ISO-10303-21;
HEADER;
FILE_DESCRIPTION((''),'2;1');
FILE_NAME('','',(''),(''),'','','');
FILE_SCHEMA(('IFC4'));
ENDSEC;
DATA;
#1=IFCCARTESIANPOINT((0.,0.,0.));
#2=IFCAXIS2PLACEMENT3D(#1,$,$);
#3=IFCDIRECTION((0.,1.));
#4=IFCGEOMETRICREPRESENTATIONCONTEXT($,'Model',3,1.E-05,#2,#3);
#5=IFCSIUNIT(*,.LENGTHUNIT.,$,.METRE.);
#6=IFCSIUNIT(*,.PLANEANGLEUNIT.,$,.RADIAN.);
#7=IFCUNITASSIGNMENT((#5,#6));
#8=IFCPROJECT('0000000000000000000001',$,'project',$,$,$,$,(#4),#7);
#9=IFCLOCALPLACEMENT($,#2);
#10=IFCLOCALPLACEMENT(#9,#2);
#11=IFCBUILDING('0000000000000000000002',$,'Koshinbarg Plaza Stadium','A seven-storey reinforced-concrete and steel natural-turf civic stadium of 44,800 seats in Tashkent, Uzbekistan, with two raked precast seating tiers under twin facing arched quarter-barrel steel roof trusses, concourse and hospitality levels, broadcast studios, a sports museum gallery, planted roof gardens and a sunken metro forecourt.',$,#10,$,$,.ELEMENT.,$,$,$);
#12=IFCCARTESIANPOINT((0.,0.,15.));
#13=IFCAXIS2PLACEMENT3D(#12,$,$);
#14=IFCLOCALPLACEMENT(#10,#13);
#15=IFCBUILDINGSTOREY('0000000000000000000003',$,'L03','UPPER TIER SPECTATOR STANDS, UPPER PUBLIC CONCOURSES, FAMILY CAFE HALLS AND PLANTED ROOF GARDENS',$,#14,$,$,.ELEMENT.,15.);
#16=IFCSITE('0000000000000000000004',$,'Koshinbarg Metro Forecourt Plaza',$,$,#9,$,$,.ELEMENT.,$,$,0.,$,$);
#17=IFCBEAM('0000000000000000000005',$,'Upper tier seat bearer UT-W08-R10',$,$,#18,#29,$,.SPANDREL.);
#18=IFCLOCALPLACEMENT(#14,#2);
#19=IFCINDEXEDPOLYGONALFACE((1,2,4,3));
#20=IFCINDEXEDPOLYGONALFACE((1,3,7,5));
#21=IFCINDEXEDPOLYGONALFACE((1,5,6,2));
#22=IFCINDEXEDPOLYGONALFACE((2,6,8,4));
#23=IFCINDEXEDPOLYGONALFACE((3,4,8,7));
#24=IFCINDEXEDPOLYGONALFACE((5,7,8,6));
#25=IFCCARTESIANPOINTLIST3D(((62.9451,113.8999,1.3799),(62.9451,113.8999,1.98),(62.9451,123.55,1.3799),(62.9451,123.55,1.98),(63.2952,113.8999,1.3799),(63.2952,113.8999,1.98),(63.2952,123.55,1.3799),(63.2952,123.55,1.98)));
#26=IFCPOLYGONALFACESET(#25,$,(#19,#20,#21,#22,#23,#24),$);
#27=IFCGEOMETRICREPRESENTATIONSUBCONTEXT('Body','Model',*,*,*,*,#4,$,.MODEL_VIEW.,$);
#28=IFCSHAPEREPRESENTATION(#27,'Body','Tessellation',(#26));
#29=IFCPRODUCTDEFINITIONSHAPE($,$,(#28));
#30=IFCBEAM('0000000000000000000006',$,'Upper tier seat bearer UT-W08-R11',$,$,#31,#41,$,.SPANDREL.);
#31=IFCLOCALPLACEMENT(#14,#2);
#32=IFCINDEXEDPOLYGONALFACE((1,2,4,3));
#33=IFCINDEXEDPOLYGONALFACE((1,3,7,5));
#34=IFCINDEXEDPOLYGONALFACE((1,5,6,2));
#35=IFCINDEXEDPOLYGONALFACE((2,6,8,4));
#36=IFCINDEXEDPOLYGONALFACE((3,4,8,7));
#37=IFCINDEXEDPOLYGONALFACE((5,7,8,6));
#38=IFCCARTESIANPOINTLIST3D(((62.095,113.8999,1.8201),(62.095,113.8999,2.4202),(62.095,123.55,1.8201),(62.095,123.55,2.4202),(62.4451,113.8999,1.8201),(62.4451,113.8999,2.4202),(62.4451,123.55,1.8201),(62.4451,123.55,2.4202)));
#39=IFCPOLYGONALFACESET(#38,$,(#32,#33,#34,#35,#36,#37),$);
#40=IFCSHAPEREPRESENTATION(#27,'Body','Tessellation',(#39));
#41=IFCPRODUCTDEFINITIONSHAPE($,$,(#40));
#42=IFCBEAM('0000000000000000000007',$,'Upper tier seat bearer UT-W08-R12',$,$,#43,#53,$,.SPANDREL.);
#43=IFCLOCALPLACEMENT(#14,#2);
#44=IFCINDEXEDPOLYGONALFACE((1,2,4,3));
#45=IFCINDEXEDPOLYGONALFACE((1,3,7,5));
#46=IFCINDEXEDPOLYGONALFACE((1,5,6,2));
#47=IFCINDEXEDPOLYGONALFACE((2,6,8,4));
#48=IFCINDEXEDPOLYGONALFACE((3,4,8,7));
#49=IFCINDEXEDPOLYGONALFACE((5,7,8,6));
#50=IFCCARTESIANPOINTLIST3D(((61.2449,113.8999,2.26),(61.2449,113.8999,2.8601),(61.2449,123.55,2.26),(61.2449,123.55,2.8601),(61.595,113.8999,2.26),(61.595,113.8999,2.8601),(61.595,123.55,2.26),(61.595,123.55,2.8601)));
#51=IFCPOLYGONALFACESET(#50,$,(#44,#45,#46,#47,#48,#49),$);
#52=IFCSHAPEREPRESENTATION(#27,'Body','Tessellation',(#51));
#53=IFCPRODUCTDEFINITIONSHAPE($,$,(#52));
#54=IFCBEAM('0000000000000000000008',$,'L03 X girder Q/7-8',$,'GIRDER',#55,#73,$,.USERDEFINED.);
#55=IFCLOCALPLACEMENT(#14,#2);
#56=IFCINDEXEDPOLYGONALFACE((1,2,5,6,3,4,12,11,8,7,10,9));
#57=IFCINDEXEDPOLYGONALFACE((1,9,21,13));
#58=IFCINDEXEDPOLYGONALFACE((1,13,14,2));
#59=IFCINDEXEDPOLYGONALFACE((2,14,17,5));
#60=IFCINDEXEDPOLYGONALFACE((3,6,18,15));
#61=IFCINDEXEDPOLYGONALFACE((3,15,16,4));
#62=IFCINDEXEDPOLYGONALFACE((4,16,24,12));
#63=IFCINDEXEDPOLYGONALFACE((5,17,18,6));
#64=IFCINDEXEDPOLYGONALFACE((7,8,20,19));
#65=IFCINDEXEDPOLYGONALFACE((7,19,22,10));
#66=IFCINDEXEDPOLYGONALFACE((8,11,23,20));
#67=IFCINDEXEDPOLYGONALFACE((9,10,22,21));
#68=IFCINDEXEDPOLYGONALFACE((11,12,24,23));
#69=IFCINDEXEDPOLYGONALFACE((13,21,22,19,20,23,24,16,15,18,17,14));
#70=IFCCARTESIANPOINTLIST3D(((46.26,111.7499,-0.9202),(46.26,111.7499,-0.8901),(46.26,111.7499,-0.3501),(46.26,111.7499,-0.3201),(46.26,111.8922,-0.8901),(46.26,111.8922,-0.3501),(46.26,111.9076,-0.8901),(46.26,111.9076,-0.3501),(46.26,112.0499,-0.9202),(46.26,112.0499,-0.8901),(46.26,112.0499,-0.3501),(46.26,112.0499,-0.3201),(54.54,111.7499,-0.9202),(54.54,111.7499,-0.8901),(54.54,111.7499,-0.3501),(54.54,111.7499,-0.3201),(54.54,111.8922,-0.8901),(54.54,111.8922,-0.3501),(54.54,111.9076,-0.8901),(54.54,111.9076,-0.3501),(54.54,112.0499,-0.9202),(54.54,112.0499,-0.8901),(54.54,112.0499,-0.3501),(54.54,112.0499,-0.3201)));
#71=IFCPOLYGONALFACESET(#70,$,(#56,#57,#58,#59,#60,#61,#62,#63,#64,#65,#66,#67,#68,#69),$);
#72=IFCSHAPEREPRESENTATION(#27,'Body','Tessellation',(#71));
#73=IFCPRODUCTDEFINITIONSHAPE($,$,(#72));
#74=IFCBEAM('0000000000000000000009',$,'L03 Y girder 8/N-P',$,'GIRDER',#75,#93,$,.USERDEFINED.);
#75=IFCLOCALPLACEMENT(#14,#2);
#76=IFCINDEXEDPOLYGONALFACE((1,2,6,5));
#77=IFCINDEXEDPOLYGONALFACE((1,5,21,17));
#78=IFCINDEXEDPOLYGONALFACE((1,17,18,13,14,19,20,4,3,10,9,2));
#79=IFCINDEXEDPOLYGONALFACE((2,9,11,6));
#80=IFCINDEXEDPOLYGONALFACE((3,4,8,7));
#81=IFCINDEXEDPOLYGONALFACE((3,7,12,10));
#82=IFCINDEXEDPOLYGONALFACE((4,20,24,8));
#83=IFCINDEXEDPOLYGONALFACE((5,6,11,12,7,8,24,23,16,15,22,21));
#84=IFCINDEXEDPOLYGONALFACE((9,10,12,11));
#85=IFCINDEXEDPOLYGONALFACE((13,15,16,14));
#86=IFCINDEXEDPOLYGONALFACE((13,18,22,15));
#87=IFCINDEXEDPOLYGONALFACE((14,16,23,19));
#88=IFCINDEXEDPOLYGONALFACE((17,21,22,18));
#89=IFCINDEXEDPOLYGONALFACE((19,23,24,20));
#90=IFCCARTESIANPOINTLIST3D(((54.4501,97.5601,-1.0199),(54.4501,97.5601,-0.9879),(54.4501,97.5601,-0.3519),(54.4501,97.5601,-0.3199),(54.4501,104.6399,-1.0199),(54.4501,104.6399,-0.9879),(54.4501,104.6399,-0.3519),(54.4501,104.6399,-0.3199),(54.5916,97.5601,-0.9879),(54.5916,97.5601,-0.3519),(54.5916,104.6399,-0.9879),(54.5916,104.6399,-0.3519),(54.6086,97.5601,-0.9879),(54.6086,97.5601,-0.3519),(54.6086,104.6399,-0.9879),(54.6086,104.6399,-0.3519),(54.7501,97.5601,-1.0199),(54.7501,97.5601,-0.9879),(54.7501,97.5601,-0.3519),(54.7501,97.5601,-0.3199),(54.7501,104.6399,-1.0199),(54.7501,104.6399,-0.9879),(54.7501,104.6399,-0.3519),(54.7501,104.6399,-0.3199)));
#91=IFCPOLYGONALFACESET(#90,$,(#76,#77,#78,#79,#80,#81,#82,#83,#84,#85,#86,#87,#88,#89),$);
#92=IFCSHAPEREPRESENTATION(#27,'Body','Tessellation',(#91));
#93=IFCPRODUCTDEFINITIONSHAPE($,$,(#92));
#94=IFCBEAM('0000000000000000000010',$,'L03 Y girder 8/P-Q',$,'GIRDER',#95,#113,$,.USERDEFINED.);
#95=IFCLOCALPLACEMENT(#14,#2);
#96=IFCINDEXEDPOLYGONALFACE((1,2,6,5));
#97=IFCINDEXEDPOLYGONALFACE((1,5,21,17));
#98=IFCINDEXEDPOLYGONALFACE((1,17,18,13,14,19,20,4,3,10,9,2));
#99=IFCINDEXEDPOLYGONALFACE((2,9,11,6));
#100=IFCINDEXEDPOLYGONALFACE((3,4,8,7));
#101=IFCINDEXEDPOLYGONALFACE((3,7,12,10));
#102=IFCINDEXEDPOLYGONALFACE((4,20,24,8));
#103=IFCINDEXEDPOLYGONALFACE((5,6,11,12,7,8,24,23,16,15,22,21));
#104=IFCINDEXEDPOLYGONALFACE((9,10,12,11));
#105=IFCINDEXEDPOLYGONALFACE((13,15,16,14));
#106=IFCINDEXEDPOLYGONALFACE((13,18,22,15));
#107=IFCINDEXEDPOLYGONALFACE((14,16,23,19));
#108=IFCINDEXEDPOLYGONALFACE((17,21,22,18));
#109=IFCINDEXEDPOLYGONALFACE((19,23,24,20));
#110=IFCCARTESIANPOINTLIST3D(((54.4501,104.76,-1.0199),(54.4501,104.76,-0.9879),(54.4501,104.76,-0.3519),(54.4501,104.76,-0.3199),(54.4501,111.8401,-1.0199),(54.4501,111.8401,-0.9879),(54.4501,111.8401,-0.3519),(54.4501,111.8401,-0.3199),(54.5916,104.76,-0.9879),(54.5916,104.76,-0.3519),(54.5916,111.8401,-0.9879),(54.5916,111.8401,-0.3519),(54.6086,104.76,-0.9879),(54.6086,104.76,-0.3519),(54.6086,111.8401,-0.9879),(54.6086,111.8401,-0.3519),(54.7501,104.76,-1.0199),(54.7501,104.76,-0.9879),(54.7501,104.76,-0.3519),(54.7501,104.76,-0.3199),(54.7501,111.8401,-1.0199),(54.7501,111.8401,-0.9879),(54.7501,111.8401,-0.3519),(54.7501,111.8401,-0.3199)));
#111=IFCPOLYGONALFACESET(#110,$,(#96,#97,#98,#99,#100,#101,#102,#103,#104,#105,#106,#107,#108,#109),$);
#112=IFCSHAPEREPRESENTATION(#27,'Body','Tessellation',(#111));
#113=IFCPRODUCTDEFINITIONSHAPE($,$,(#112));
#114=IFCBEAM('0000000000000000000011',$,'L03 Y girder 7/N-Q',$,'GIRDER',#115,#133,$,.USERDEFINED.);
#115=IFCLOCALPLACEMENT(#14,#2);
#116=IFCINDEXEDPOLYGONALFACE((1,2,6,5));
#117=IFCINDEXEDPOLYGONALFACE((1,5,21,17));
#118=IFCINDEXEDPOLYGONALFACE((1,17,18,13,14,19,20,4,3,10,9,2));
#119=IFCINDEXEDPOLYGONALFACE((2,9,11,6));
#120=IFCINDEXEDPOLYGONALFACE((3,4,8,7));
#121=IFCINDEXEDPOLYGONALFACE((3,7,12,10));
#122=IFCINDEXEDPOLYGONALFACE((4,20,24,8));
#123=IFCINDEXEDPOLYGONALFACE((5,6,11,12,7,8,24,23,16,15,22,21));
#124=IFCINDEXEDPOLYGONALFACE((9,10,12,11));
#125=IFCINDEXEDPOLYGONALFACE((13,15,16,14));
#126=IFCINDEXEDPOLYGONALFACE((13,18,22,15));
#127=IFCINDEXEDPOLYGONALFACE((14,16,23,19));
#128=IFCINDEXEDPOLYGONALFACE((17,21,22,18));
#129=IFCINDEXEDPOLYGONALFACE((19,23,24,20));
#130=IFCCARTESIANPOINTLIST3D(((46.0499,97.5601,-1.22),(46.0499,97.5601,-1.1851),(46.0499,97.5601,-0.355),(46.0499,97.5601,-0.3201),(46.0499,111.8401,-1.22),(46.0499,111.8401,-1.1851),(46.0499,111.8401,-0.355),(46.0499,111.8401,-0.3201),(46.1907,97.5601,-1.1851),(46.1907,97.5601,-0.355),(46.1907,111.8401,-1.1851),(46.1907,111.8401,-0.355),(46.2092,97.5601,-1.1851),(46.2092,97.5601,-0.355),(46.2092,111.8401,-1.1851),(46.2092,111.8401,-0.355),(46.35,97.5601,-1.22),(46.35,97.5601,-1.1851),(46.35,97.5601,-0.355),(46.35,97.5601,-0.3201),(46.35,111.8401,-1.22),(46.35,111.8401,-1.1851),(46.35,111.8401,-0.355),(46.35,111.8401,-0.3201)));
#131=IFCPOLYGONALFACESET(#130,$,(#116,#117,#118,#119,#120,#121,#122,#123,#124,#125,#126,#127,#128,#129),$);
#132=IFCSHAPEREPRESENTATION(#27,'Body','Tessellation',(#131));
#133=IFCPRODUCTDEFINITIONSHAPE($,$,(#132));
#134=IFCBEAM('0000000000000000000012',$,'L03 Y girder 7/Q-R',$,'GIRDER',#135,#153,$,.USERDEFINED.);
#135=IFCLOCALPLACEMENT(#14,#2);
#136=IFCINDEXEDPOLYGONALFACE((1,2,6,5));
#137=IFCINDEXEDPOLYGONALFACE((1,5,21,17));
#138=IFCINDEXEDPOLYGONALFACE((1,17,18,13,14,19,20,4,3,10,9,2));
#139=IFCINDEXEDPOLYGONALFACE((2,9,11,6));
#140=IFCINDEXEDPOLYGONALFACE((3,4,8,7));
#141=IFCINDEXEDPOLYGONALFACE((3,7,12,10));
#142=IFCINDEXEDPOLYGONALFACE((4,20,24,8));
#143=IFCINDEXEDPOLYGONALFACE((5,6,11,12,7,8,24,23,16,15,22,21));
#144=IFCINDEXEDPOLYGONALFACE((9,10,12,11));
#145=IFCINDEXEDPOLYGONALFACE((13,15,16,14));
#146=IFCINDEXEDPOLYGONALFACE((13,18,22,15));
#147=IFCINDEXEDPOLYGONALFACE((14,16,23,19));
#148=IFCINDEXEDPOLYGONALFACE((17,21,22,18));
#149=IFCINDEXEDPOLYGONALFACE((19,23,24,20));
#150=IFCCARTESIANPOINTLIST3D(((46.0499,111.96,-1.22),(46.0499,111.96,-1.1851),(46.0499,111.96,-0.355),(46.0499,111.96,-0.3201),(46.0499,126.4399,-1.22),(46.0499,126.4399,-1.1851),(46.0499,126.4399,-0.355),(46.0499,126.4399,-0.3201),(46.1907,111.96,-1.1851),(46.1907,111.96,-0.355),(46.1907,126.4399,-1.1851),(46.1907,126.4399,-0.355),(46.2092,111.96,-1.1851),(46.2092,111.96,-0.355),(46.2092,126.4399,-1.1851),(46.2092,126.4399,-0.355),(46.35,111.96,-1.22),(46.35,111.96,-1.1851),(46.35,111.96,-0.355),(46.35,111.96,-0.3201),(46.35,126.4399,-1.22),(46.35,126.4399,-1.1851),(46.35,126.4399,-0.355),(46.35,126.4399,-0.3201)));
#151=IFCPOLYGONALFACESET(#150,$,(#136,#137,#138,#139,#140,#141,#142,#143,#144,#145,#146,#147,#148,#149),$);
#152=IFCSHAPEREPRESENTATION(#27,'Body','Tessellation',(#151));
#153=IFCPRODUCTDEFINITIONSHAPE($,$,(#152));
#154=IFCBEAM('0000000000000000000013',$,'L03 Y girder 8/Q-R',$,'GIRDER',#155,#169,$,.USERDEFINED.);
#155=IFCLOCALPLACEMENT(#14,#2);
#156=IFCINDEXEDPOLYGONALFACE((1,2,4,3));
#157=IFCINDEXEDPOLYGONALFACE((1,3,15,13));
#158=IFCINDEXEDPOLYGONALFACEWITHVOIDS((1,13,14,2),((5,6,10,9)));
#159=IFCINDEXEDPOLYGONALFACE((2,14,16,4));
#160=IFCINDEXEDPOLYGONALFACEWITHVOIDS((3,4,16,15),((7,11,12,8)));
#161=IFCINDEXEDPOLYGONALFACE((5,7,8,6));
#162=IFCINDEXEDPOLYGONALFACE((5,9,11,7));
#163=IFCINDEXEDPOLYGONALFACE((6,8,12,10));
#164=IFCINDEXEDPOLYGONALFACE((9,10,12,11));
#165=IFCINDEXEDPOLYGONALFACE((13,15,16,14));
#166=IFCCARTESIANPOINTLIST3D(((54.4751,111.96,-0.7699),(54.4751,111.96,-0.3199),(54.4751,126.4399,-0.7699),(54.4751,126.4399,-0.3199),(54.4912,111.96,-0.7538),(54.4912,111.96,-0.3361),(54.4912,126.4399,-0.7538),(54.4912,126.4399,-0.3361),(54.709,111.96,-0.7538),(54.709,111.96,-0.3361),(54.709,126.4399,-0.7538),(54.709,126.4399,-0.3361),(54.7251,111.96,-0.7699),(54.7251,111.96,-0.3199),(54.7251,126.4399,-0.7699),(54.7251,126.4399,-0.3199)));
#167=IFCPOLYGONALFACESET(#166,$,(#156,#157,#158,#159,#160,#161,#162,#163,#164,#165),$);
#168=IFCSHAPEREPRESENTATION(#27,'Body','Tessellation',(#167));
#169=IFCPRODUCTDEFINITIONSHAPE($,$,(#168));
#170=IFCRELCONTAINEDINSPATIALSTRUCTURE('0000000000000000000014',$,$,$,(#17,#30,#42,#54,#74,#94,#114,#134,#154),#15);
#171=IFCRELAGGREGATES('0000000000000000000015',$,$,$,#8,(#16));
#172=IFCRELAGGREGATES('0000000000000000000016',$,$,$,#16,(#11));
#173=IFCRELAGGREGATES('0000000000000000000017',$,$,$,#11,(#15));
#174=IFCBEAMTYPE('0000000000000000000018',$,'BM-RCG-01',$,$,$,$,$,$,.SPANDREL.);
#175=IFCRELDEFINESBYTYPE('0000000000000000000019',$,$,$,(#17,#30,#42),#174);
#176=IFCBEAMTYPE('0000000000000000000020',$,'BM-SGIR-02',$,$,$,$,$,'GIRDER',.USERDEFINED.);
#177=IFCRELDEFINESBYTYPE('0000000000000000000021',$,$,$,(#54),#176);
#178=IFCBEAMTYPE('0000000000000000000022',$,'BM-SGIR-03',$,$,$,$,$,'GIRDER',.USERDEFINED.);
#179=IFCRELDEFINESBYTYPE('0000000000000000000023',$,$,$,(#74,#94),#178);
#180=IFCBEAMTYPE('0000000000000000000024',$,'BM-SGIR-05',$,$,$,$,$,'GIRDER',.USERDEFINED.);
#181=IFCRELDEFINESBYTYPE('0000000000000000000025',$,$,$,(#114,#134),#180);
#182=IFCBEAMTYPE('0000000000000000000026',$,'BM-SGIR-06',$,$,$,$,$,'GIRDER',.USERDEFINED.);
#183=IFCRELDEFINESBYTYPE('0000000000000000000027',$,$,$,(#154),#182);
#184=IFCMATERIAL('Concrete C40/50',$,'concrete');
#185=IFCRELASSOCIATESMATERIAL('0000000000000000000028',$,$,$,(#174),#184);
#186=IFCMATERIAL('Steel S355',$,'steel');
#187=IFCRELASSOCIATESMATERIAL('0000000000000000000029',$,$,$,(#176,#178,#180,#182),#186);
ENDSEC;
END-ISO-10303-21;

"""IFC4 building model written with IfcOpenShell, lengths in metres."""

from ifc_helpers import new_model, si_unit, direction, frame, origin, origin_2d, place, context, subcontext, project, spatial, rectangle, hollow_rectangle, i_section, extrude, material, material_profile, profile_set, type_object, element, save


model = new_model("IFC4")

# Units and contexts
model_context = context("Model", 3, precision=1e-05, world=origin(), true_north=direction((0.0, 1.0)))
body_context = subcontext(model_context, "Body", "Model", "MODEL_VIEW")
ifc_project = project(units=[si_unit("LENGTHUNIT", "METRE"), si_unit("PLANEANGLEUNIT", "RADIAN")], contexts=[model_context])

# Site, building, storey
site_placement = place(None, origin())
site = spatial("IfcSite", under=ifc_project, at=site_placement, Name="Koshinbarg Metro Forecourt Plaza", CompositionType="ELEMENT", RefElevation=0.0)
building_placement = place(site_placement, origin())
building = spatial("IfcBuilding", under=site, at=building_placement, Name="Koshinbarg Plaza Stadium", Description="A seven-storey reinforced-concrete and steel natural-turf civic stadium of 44,800 seats in Tashkent, Uzbekistan, with two raked precast seating tiers under twin facing arched quarter-barrel steel roof trusses, concourse and hospitality levels, broadcast studios, a sports museum gallery, planted roof gardens and a sunken metro forecourt.", CompositionType="ELEMENT")
storey_placement = place(building_placement, frame((0.0, 0.0, 15.0)))
storey = spatial("IfcBuildingStorey", under=building, at=storey_placement, Name="L03", Description="UPPER TIER SPECTATOR STANDS, UPPER PUBLIC CONCOURSES, FAMILY CAFE HALLS AND PLANTED ROOF GARDENS", CompositionType="ELEMENT", Elevation=15.0)

# Shared definitions
ifc_material_1 = material(Name="Concrete C40/50", Category="concrete")
ifc_material_2 = material(Name="Steel S355", Category="steel")

# Beams
ifc_material_profile_1 = material_profile(ifc_material_1, rectangle(XDim=0.3501, YDim=0.6001, at=origin_2d()), Name="RC 350x600")
ifc_profile_set_1 = profile_set([ifc_material_profile_1], Name="Concrete C40/50")
beam_type_1 = type_object("IfcBeamType", Name="BM-RCG-01", PredefinedType="SPANDREL", material=ifc_profile_set_1)
for number, where, z_axis, x_axis, name in (
    (1, (63.1201, 113.8999, 1.6799), (0.0, 1.0, 0.0), (-1.0, 0.0, 0.0), "Upper tier seat bearer UT-W08-R10"),
    (2, (62.27, 113.8999, 2.1201), (0.0, 1.0, 0.0), (-1.0, 0.0, 0.0), "Upper tier seat bearer UT-W08-R11"),
    (3, (61.4199, 113.8999, 2.5601), (0.0, 1.0, 0.0), (-1.0, 0.0, 0.0), "Upper tier seat bearer UT-W08-R12"),
):
    element("IfcBeam", number, at=place(storey_placement, frame(where, z_axis=z_axis, x_axis=x_axis)), inside=storey, type_object=beam_type_1, Name=name, PredefinedType="SPANDREL", context=body_context, shape_type="SweptSolid", body=[
        extrude(rectangle(XDim=0.3501, YDim=0.6001, at=origin_2d()), origin(), (0.0, 0.0, 1.0), 9.6501),
    ])
ifc_material_profile_2 = material_profile(ifc_material_2, i_section(OverallWidth=0.3, OverallDepth=0.6001, WebThickness=0.0154, FlangeThickness=0.03, at=origin_2d()), Name="HEB 600")
ifc_profile_set_2 = profile_set([ifc_material_profile_2], Name="Steel S355")
beam_type_2 = type_object("IfcBeamType", Name="BM-SGIR-02", ElementType="GIRDER", PredefinedType="USERDEFINED", material=ifc_profile_set_2)
beam_1_placement = place(storey_placement, frame((46.26, 111.8999, -0.6201), z_axis=(1.0, 0.0, 0.0), x_axis=(0.0, 1.0, 0.0)))
element("IfcBeam", 4, at=beam_1_placement, inside=storey, type_object=beam_type_2, Name="L03 X girder Q/7-8", ObjectType="GIRDER", PredefinedType="USERDEFINED", context=body_context, shape_type="SweptSolid", body=[
    extrude(i_section(OverallWidth=0.3, OverallDepth=0.6001, WebThickness=0.0154, FlangeThickness=0.03, at=origin_2d()), origin(), (0.0, 0.0, 1.0), 8.28),
])
ifc_material_profile_3 = material_profile(ifc_material_2, i_section(OverallWidth=0.3, OverallDepth=0.7, WebThickness=0.0171, FlangeThickness=0.032, at=origin_2d()), Name="HEB 700")
ifc_profile_set_3 = profile_set([ifc_material_profile_3], Name="Steel S355")
beam_type_3 = type_object("IfcBeamType", Name="BM-SGIR-03", ElementType="GIRDER", PredefinedType="USERDEFINED", material=ifc_profile_set_3)
beam_2_placement = place(storey_placement, frame((54.6001, 97.5601, -0.6699), z_axis=(0.0, 1.0, 0.0), x_axis=(-1.0, 0.0, 0.0)))
element("IfcBeam", 5, at=beam_2_placement, inside=storey, type_object=beam_type_3, Name="L03 Y girder 8/N-P", ObjectType="GIRDER", PredefinedType="USERDEFINED", context=body_context, shape_type="SweptSolid", body=[
    extrude(i_section(OverallWidth=0.3, OverallDepth=0.7, WebThickness=0.0171, FlangeThickness=0.032, at=origin_2d()), origin(), (0.0, 0.0, 1.0), 7.0798),
])
beam_3_placement = place(storey_placement, frame((54.6001, 104.76, -0.6699), z_axis=(0.0, 1.0, 0.0), x_axis=(-1.0, 0.0, 0.0)))
element("IfcBeam", 6, at=beam_3_placement, inside=storey, type_object=beam_type_3, Name="L03 Y girder 8/P-Q", ObjectType="GIRDER", PredefinedType="USERDEFINED", context=body_context, shape_type="SweptSolid", body=[
    extrude(i_section(OverallWidth=0.3, OverallDepth=0.7, WebThickness=0.0171, FlangeThickness=0.032, at=origin_2d()), origin(), (0.0, 0.0, 1.0), 7.0801),
])
ifc_material_profile_4 = material_profile(ifc_material_2, i_section(OverallWidth=0.3, OverallDepth=0.8999, WebThickness=0.0186, FlangeThickness=0.0349, at=origin_2d()), Name="HEB 900")
ifc_profile_set_4 = profile_set([ifc_material_profile_4], Name="Steel S355")
beam_type_4 = type_object("IfcBeamType", Name="BM-SGIR-05", ElementType="GIRDER", PredefinedType="USERDEFINED", material=ifc_profile_set_4)
beam_4_placement = place(storey_placement, frame((46.2, 97.5601, -0.77), z_axis=(0.0, 1.0, 0.0), x_axis=(-1.0, 0.0, 0.0)))
element("IfcBeam", 7, at=beam_4_placement, inside=storey, type_object=beam_type_4, Name="L03 Y girder 7/N-Q", ObjectType="GIRDER", PredefinedType="USERDEFINED", context=body_context, shape_type="SweptSolid", body=[
    extrude(i_section(OverallWidth=0.3, OverallDepth=0.8999, WebThickness=0.0186, FlangeThickness=0.0349, at=origin_2d()), origin(), (0.0, 0.0, 1.0), 14.28),
])
beam_5_placement = place(storey_placement, frame((46.2, 111.96, -0.77), z_axis=(0.0, 1.0, 0.0), x_axis=(-1.0, 0.0, 0.0)))
element("IfcBeam", 8, at=beam_5_placement, inside=storey, type_object=beam_type_4, Name="L03 Y girder 7/Q-R", ObjectType="GIRDER", PredefinedType="USERDEFINED", context=body_context, shape_type="SweptSolid", body=[
    extrude(i_section(OverallWidth=0.3, OverallDepth=0.8999, WebThickness=0.0186, FlangeThickness=0.0349, at=origin_2d()), origin(), (0.0, 0.0, 1.0), 14.48),
])
ifc_material_profile_5 = material_profile(ifc_material_2, hollow_rectangle(XDim=0.25, YDim=0.45, WallThickness=0.0161, at=origin_2d()), Name="RHS 450x250x16")
ifc_profile_set_5 = profile_set([ifc_material_profile_5], Name="Steel S355")
beam_type_5 = type_object("IfcBeamType", Name="BM-SGIR-06", ElementType="GIRDER", PredefinedType="USERDEFINED", material=ifc_profile_set_5)
beam_6_placement = place(storey_placement, frame((54.6001, 111.96, -0.5449), z_axis=(0.0, 1.0, 0.0), x_axis=(-1.0, 0.0, 0.0)))
element("IfcBeam", 9, at=beam_6_placement, inside=storey, type_object=beam_type_5, Name="L03 Y girder 8/Q-R", ObjectType="GIRDER", PredefinedType="USERDEFINED", context=body_context, shape_type="SweptSolid", body=[
    extrude(hollow_rectangle(XDim=0.25, YDim=0.45, WallThickness=0.0161, at=origin_2d()), origin(), (0.0, 0.0, 1.0), 14.48),
])

save(model, "model.ifc")
